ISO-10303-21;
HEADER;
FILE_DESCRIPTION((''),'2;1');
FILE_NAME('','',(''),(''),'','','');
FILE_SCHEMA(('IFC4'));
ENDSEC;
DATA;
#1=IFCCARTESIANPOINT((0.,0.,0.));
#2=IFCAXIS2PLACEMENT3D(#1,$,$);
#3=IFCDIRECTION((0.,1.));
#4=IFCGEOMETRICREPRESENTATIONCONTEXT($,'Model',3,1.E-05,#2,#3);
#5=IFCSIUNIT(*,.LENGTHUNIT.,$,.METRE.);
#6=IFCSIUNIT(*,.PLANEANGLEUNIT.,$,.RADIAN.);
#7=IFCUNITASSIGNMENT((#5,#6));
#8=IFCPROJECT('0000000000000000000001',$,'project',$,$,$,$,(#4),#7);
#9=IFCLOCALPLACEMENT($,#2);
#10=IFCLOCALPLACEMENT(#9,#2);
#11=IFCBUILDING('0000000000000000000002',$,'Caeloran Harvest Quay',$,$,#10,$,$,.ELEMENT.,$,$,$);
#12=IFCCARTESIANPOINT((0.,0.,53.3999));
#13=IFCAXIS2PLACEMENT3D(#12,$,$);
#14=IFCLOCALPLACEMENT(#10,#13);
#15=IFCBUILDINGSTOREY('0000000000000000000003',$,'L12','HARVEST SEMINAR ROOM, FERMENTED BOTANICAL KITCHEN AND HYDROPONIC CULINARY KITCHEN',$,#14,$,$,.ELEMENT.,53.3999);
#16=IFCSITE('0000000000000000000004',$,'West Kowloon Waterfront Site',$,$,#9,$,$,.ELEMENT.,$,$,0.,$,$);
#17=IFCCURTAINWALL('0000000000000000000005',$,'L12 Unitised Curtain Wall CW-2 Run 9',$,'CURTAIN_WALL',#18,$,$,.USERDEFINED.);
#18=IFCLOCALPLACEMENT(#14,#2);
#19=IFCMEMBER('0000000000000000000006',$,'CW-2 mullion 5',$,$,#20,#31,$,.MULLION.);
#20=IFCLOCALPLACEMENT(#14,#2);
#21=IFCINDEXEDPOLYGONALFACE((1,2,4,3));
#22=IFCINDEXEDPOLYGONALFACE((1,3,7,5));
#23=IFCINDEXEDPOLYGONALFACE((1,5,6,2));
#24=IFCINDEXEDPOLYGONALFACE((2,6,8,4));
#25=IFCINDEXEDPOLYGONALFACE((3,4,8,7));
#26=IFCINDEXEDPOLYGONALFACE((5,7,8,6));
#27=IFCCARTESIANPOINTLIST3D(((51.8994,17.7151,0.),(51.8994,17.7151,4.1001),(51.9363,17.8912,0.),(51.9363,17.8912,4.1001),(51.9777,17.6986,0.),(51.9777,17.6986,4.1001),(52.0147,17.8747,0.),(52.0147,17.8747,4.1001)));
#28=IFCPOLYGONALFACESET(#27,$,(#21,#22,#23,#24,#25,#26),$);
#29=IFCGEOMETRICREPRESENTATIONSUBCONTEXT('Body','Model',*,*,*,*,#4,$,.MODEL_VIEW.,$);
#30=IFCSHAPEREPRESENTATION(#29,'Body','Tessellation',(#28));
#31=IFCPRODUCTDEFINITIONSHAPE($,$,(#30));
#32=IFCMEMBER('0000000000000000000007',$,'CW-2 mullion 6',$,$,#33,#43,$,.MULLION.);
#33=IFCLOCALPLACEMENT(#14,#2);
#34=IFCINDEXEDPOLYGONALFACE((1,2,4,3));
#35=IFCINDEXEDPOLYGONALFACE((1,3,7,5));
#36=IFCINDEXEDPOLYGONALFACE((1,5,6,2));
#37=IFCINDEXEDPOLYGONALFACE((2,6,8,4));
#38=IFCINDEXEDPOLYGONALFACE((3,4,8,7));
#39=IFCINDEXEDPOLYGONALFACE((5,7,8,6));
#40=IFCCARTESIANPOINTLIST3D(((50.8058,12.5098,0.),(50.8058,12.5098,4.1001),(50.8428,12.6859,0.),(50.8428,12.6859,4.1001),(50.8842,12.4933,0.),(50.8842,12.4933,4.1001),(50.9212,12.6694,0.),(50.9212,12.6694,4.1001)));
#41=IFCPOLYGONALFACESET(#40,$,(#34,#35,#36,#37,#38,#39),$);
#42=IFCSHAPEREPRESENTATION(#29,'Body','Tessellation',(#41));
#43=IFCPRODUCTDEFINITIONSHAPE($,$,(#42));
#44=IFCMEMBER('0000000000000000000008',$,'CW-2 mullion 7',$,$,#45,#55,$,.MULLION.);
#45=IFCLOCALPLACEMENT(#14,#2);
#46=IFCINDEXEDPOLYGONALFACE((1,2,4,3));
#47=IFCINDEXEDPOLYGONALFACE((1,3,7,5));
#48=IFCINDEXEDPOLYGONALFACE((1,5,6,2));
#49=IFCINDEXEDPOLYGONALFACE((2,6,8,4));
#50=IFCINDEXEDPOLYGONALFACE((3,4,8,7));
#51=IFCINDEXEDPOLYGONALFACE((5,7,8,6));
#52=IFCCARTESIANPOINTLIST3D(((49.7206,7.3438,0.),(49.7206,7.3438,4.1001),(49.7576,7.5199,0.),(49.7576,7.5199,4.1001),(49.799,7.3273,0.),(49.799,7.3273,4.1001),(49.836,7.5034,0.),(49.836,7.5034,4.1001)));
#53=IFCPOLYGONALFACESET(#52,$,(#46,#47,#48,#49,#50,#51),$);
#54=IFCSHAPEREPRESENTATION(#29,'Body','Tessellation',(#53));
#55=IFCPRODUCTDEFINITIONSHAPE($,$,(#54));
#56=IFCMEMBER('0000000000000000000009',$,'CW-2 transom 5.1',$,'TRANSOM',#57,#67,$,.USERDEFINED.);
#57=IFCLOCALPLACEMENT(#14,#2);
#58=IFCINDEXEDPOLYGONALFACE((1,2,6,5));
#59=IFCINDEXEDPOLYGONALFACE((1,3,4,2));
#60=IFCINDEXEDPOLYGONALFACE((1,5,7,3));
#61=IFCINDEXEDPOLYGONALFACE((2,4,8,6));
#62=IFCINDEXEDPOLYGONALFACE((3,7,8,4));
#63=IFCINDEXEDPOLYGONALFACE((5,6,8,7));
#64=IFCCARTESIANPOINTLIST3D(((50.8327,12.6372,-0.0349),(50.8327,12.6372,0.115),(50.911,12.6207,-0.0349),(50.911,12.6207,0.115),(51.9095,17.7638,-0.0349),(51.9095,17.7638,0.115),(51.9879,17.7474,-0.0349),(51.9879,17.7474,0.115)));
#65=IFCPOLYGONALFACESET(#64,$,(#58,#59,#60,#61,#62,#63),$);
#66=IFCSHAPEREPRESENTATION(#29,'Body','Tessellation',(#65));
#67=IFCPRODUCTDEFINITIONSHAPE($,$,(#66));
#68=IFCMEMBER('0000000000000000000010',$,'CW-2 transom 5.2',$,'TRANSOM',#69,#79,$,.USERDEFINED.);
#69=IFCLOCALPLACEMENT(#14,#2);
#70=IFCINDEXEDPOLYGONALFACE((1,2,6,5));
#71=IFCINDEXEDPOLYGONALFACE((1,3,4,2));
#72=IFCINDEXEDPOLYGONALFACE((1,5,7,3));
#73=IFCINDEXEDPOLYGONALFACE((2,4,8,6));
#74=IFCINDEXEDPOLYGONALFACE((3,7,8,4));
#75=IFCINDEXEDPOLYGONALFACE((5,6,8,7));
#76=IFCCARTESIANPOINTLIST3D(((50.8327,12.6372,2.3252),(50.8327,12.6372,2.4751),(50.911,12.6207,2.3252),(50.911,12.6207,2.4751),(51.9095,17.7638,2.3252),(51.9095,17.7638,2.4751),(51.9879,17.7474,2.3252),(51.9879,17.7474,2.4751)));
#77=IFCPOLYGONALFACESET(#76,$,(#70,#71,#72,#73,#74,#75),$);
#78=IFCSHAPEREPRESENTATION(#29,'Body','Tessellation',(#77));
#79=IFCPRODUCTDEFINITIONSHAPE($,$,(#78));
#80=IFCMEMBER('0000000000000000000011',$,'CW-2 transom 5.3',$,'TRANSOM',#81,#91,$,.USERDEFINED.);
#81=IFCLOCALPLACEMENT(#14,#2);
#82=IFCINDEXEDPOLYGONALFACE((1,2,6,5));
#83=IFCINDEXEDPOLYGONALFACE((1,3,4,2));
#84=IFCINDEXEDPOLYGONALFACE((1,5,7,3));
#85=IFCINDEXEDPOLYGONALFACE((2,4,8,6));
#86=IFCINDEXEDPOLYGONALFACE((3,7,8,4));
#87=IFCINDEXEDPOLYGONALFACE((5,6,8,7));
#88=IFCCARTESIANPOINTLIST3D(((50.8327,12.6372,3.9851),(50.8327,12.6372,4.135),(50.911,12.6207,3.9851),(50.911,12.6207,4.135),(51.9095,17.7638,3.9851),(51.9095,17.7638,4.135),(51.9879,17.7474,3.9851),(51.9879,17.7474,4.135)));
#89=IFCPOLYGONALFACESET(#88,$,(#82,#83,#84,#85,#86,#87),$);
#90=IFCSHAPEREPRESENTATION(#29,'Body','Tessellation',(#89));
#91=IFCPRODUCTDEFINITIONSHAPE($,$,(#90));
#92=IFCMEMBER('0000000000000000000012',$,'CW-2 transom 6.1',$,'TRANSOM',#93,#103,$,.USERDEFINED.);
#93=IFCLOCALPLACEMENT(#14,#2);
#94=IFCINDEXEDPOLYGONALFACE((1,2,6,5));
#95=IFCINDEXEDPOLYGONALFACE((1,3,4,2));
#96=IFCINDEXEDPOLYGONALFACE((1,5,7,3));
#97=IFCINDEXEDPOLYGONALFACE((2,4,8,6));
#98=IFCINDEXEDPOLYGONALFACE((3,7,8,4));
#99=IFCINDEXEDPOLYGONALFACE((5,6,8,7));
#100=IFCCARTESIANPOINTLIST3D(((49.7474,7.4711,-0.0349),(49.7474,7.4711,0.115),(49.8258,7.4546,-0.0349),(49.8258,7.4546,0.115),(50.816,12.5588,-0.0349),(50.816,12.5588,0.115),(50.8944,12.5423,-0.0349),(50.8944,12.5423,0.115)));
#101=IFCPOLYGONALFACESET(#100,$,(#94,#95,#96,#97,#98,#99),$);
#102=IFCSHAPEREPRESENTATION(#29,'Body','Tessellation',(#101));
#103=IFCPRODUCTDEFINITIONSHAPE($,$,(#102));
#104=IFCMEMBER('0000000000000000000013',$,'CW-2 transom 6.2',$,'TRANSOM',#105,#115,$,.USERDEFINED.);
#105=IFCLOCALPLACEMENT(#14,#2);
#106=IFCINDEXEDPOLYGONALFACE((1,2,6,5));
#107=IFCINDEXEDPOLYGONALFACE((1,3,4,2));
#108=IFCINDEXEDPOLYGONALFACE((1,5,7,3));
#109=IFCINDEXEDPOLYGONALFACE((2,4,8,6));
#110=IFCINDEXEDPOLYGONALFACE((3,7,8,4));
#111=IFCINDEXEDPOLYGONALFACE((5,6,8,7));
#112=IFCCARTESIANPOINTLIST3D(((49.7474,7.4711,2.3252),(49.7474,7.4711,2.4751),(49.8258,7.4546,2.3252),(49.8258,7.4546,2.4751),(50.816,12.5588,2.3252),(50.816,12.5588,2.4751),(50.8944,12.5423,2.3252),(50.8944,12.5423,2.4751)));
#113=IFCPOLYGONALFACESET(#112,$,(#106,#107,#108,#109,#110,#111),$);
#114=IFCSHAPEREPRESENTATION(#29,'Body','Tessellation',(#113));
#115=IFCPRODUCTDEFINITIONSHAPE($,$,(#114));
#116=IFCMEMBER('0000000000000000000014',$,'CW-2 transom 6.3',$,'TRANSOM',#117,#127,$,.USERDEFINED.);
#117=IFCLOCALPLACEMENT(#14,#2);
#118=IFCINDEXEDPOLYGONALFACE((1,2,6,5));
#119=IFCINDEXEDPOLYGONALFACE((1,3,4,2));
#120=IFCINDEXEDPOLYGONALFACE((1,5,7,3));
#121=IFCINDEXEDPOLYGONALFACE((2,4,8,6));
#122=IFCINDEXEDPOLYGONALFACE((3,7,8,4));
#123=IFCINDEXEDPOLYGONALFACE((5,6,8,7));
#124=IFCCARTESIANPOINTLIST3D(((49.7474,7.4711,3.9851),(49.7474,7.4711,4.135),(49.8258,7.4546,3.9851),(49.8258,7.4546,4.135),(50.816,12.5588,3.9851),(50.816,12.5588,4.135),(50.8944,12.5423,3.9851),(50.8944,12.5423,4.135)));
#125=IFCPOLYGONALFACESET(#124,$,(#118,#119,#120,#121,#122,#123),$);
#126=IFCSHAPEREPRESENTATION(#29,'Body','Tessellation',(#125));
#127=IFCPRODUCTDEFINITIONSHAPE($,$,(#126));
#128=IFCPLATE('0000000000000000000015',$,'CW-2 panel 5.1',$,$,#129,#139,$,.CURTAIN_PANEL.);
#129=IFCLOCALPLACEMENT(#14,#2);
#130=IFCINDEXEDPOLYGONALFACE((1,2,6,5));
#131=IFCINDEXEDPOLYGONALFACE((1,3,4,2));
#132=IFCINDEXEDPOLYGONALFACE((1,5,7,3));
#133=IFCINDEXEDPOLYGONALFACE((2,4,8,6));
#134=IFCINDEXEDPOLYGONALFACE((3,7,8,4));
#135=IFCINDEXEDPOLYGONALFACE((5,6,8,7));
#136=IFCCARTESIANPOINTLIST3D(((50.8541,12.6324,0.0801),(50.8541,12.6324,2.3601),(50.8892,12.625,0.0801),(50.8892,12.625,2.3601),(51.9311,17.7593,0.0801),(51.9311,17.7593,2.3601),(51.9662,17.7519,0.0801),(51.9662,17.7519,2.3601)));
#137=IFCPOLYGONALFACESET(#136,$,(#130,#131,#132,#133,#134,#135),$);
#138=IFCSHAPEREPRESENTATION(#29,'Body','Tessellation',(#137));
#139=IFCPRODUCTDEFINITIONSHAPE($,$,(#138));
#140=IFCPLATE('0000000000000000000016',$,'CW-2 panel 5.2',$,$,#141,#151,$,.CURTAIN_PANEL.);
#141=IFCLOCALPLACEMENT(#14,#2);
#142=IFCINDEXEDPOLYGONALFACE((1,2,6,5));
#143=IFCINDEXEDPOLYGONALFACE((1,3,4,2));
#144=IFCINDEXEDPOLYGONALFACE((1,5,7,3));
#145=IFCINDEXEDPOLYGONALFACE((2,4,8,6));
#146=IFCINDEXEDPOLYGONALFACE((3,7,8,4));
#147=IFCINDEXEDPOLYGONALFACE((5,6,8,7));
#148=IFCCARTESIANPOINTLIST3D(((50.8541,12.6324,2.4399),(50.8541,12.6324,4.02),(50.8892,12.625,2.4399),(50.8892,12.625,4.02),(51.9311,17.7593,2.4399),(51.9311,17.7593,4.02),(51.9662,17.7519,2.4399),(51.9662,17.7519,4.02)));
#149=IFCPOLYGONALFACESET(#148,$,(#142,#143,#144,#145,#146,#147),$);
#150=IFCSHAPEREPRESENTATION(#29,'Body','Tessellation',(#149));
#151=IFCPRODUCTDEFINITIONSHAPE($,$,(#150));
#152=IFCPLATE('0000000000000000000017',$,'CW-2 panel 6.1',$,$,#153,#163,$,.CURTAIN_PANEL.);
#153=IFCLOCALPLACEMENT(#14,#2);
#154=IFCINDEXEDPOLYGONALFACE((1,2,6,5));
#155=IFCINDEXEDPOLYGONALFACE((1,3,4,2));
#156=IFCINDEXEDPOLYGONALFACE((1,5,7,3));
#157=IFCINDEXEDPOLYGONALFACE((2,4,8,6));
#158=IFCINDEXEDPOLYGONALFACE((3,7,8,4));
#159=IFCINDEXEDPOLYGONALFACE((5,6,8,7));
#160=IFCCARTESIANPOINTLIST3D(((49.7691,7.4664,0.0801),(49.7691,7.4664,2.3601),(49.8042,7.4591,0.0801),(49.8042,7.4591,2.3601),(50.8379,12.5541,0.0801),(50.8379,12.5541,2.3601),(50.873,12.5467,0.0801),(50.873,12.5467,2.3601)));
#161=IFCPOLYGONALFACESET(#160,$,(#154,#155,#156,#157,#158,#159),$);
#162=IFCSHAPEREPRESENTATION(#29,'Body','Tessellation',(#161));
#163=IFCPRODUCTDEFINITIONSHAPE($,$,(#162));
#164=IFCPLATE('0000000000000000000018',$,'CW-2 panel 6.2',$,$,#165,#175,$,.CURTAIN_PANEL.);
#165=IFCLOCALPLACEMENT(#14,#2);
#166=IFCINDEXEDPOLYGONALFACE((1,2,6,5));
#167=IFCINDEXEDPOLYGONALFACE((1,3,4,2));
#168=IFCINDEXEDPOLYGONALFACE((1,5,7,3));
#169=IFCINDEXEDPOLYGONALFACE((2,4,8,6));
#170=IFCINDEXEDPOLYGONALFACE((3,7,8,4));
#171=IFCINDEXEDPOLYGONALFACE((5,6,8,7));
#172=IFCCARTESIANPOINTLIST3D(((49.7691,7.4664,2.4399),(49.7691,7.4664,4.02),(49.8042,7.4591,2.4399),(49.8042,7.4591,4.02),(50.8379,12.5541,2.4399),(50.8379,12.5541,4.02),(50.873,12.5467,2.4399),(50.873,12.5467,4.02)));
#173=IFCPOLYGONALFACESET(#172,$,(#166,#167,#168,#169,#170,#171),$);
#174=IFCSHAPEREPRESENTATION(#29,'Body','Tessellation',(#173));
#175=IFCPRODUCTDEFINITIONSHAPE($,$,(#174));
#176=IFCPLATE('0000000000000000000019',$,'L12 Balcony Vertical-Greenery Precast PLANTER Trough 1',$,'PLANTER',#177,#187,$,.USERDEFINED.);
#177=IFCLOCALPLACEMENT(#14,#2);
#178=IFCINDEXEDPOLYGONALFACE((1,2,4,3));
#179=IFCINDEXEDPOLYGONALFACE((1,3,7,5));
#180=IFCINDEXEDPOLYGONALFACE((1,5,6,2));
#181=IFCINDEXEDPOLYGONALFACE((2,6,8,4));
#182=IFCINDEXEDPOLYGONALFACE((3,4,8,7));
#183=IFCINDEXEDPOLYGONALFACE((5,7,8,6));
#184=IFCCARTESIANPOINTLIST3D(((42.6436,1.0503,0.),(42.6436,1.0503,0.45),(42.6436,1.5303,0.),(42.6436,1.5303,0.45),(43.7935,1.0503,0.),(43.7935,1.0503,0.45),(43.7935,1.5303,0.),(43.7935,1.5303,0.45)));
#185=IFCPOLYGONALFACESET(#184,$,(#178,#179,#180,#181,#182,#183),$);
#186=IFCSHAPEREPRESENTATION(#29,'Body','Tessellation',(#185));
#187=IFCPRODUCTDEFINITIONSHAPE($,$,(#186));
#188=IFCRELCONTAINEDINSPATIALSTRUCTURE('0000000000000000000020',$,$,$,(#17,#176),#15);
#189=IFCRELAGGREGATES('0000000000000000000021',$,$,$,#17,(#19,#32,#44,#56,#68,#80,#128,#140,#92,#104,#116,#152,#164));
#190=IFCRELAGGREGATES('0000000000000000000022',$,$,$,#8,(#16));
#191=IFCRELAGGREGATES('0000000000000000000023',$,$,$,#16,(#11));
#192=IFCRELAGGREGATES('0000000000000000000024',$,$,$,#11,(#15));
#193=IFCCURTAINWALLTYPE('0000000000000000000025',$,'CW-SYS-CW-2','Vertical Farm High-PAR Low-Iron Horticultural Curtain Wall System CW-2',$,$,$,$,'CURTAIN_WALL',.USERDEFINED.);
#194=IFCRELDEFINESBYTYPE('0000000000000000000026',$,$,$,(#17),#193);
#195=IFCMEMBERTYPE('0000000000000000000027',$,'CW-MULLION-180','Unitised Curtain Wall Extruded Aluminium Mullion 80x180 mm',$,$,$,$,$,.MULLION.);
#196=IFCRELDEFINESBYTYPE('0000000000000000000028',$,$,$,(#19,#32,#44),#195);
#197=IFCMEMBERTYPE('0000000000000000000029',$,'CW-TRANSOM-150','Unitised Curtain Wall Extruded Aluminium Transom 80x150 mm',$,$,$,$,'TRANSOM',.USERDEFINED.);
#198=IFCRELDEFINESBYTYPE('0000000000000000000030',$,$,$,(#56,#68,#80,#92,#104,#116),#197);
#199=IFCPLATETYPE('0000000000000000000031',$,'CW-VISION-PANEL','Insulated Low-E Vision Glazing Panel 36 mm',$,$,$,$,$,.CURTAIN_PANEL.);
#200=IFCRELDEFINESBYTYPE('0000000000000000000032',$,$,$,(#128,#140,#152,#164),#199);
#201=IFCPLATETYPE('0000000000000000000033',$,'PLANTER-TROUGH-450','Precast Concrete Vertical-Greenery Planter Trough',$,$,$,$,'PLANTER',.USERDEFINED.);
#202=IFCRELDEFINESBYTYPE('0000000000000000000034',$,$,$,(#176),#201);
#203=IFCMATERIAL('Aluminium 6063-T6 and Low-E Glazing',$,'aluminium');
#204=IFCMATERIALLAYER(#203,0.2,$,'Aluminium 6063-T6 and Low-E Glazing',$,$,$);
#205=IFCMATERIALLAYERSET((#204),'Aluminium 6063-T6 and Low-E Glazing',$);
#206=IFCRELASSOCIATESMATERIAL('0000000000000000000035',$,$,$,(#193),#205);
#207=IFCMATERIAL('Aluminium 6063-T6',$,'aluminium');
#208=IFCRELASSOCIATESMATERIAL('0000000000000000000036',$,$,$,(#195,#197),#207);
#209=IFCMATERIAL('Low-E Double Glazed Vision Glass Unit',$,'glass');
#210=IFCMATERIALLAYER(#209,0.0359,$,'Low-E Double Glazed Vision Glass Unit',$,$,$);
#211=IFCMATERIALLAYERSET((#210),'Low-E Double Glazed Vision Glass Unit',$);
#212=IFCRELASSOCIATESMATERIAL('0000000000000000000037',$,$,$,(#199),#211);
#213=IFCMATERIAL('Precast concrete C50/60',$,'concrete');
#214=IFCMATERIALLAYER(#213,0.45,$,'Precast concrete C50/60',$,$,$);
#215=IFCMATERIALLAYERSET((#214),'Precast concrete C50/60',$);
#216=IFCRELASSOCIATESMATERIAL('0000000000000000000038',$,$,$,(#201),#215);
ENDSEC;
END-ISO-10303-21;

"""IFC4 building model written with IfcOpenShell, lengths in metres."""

from ifc_helpers import new_model, si_unit, direction, frame, origin, origin_2d, place, context, subcontext, project, spatial, rectangle, extrude, material, layer, layer_set, material_profile, profile_set, type_object, element, aggregate, save


model = new_model("IFC4")

# Units and contexts
model_context = context("Model", 3, precision=1e-05, world=origin(), true_north=direction((0.0, 1.0)))
body_context = subcontext(model_context, "Body", "Model", "MODEL_VIEW")
ifc_project = project(units=[si_unit("LENGTHUNIT", "METRE"), si_unit("PLANEANGLEUNIT", "RADIAN")], contexts=[model_context])

# Site, building, storey
site_placement = place(None, origin())
site = spatial("IfcSite", under=ifc_project, at=site_placement, Name="West Kowloon Waterfront Site", CompositionType="ELEMENT", RefElevation=0.0)
building_placement = place(site_placement, origin())
building = spatial("IfcBuilding", under=site, at=building_placement, Name="Caeloran Harvest Quay", CompositionType="ELEMENT")
storey_placement = place(building_placement, frame((0.0, 0.0, 53.3999)))
storey = spatial("IfcBuildingStorey", under=building, at=storey_placement, Name="L12", Description="HARVEST SEMINAR ROOM, FERMENTED BOTANICAL KITCHEN AND HYDROPONIC CULINARY KITCHEN", CompositionType="ELEMENT", Elevation=53.3999)

# Curtain wall, members, plates
ifc_material_1 = material(Name="Aluminium 6063-T6 and Low-E Glazing", Category="aluminium")
ifc_layer_1 = layer(ifc_material_1, 0.2, Name="Aluminium 6063-T6 and Low-E Glazing")
ifc_layer_set_1 = layer_set([ifc_layer_1], Name="Aluminium 6063-T6 and Low-E Glazing")
curtain_wall_type = type_object("IfcCurtainWallType", Name="CW-SYS-CW-2", Description="Vertical Farm High-PAR Low-Iron Horticultural Curtain Wall System CW-2", ElementType="CURTAIN_WALL", PredefinedType="USERDEFINED", material=ifc_layer_set_1)
curtain_wall_placement = place(storey_placement, origin())
curtain_wall = element("IfcCurtainWall", 1, at=curtain_wall_placement, inside=storey, type_object=curtain_wall_type, Name="L12 Unitised Curtain Wall CW-2 Run 9", ObjectType="CURTAIN_WALL", PredefinedType="USERDEFINED")
ifc_material_2 = material(Name="Aluminium 6063-T6", Category="aluminium")
ifc_material_profile_1 = material_profile(ifc_material_2, rectangle(XDim=0.0801, YDim=0.1799, at=origin_2d()), Name="CW-MULLION-180")
ifc_profile_set_1 = profile_set([ifc_material_profile_1], Name="Aluminium 6063-T6")
member_type_1 = type_object("IfcMemberType", Name="CW-MULLION-180", Description="Unitised Curtain Wall Extruded Aluminium Mullion 80x180 mm", PredefinedType="MULLION", material=ifc_profile_set_1)
member_1_placement = place(storey_placement, frame((51.957, 17.7949, 0.0), z_axis=(0.0, 0.0, 1.0), x_axis=(0.97864, -0.205583, 0.0)))
member_1 = element("IfcMember", 2, at=member_1_placement, type_object=member_type_1, Name="CW-2 mullion 5", PredefinedType="MULLION", context=body_context, shape_type="SweptSolid", body=[
    extrude(rectangle(XDim=0.0801, YDim=0.1799, at=origin_2d()), origin(), (0.0, 0.0, 1.0), 4.1001),
])
member_2_placement = place(storey_placement, frame((50.8635, 12.5896, 0.0), z_axis=(0.0, 0.0, 1.0), x_axis=(0.97864, -0.205583, 0.0)))
member_2 = element("IfcMember", 3, at=member_2_placement, type_object=member_type_1, Name="CW-2 mullion 6", PredefinedType="MULLION", context=body_context, shape_type="SweptSolid", body=[
    extrude(rectangle(XDim=0.0801, YDim=0.1799, at=origin_2d()), origin(), (0.0, 0.0, 1.0), 4.1001),
])
member_3_placement = place(storey_placement, frame((49.7783, 7.4236, 0.0), z_axis=(0.0, 0.0, 1.0), x_axis=(0.97864, -0.205583, 0.0)))
member_3 = element("IfcMember", 4, at=member_3_placement, type_object=member_type_1, Name="CW-2 mullion 7", PredefinedType="MULLION", context=body_context, shape_type="SweptSolid", body=[
    extrude(rectangle(XDim=0.0801, YDim=0.1799, at=origin_2d()), origin(), (0.0, 0.0, 1.0), 4.1001),
])
ifc_material_profile_2 = material_profile(ifc_material_2, rectangle(XDim=0.0801, YDim=0.1499, at=origin_2d()), Name="CW-TRANSOM-150")
ifc_profile_set_2 = profile_set([ifc_material_profile_2], Name="Aluminium 6063-T6")
member_type_2 = type_object("IfcMemberType", Name="CW-TRANSOM-150", Description="Unitised Curtain Wall Extruded Aluminium Transom 80x150 mm", ElementType="TRANSOM", PredefinedType="USERDEFINED", material=ifc_profile_set_2)
member_4_placement = place(storey_placement, frame((51.9487, 17.7556, 0.04), z_axis=(-0.205571, -0.978642, 0.0), x_axis=(0.978642, -0.205571, 0.0)))
member_4 = element("IfcMember", 5, at=member_4_placement, type_object=member_type_2, Name="CW-2 transom 5.1", ObjectType="TRANSOM", PredefinedType="USERDEFINED", context=body_context, shape_type="SweptSolid", body=[
    extrude(rectangle(XDim=0.0801, YDim=0.1499, at=origin_2d()), origin(), (0.0, 0.0, 1.0), 5.2385),
])
member_5_placement = place(storey_placement, frame((51.9487, 17.7556, 2.4001), z_axis=(-0.205571, -0.978642, 0.0), x_axis=(0.978642, -0.205571, 0.0)))
member_5 = element("IfcMember", 6, at=member_5_placement, type_object=member_type_2, Name="CW-2 transom 5.2", ObjectType="TRANSOM", PredefinedType="USERDEFINED", context=body_context, shape_type="SweptSolid", body=[
    extrude(rectangle(XDim=0.0801, YDim=0.1499, at=origin_2d()), origin(), (0.0, 0.0, 1.0), 5.2385),
])
member_6_placement = place(storey_placement, frame((51.9487, 17.7556, 4.0601), z_axis=(-0.205571, -0.978642, 0.0), x_axis=(0.978642, -0.205571, 0.0)))
member_6 = element("IfcMember", 7, at=member_6_placement, type_object=member_type_2, Name="CW-2 transom 5.3", ObjectType="TRANSOM", PredefinedType="USERDEFINED", context=body_context, shape_type="SweptSolid", body=[
    extrude(rectangle(XDim=0.0801, YDim=0.1499, at=origin_2d()), origin(), (0.0, 0.0, 1.0), 5.2385),
])
member_7_placement = place(storey_placement, frame((50.8552, 12.5505, 0.04), z_axis=(-0.205554, -0.978646, 0.0), x_axis=(0.978646, -0.205554, 0.0)))
member_7 = element("IfcMember", 8, at=member_7_placement, type_object=member_type_2, Name="CW-2 transom 6.1", ObjectType="TRANSOM", PredefinedType="USERDEFINED", context=body_context, shape_type="SweptSolid", body=[
    extrude(rectangle(XDim=0.0801, YDim=0.1499, at=origin_2d()), origin(), (0.0, 0.0, 1.0), 5.1987),
])
member_8_placement = place(storey_placement, frame((50.8552, 12.5505, 2.4001), z_axis=(-0.205554, -0.978646, 0.0), x_axis=(0.978646, -0.205554, 0.0)))
member_8 = element("IfcMember", 9, at=member_8_placement, type_object=member_type_2, Name="CW-2 transom 6.2", ObjectType="TRANSOM", PredefinedType="USERDEFINED", context=body_context, shape_type="SweptSolid", body=[
    extrude(rectangle(XDim=0.0801, YDim=0.1499, at=origin_2d()), origin(), (0.0, 0.0, 1.0), 5.1987),
])
member_9_placement = place(storey_placement, frame((50.8552, 12.5505, 4.0601), z_axis=(-0.205554, -0.978646, 0.0), x_axis=(0.978646, -0.205554, 0.0)))
member_9 = element("IfcMember", 10, at=member_9_placement, type_object=member_type_2, Name="CW-2 transom 6.3", ObjectType="TRANSOM", PredefinedType="USERDEFINED", context=body_context, shape_type="SweptSolid", body=[
    extrude(rectangle(XDim=0.0801, YDim=0.1499, at=origin_2d()), origin(), (0.0, 0.0, 1.0), 5.1987),
])
ifc_material_3 = material(Name="Low-E Double Glazed Vision Glass Unit", Category="glass")
ifc_layer_2 = layer(ifc_material_3, 0.0359, Name="Low-E Double Glazed Vision Glass Unit")
ifc_layer_set_2 = layer_set([ifc_layer_2], Name="Low-E Double Glazed Vision Glass Unit")
plate_type_1 = type_object("IfcPlateType", Name="CW-VISION-PANEL", Description="Insulated Low-E Vision Glazing Panel 36 mm", PredefinedType="CURTAIN_PANEL", material=ifc_layer_set_2)
plate_1_placement = place(storey_placement, frame((51.4102, 15.1921, 0.0801), z_axis=(0.0, 0.0, 1.0), x_axis=(-0.205583, -0.97864, 0.0)))
plate_1 = element("IfcPlate", 11, at=plate_1_placement, type_object=plate_type_1, Name="CW-2 panel 5.1", PredefinedType="CURTAIN_PANEL", context=body_context, shape_type="SweptSolid", body=[
    extrude(rectangle(XDim=5.2388, YDim=0.0359, at=origin_2d()), origin(), (0.0, 0.0, 1.0), 2.28),
])
plate_2_placement = place(storey_placement, frame((51.4102, 15.1921, 2.4399), z_axis=(0.0, 0.0, 1.0), x_axis=(-0.205583, -0.97864, 0.0)))
plate_2 = element("IfcPlate", 12, at=plate_2_placement, type_object=plate_type_1, Name="CW-2 panel 5.2", PredefinedType="CURTAIN_PANEL", context=body_context, shape_type="SweptSolid", body=[
    extrude(rectangle(XDim=5.2388, YDim=0.0359, at=origin_2d()), origin(), (0.0, 0.0, 1.0), 1.5801),
])
plate_3_placement = place(storey_placement, frame((50.321, 10.0066, 0.0801), z_axis=(0.0, 0.0, 1.0), x_axis=(-0.205583, -0.97864, 0.0)))
plate_3 = element("IfcPlate", 13, at=plate_3_placement, type_object=plate_type_1, Name="CW-2 panel 6.1", PredefinedType="CURTAIN_PANEL", context=body_context, shape_type="SweptSolid", body=[
    extrude(rectangle(XDim=5.1987, YDim=0.0359, at=origin_2d()), origin(), (0.0, 0.0, 1.0), 2.28),
])
plate_4_placement = place(storey_placement, frame((50.321, 10.0066, 2.4399), z_axis=(0.0, 0.0, 1.0), x_axis=(-0.205583, -0.97864, 0.0)))
plate_4 = element("IfcPlate", 14, at=plate_4_placement, type_object=plate_type_1, Name="CW-2 panel 6.2", PredefinedType="CURTAIN_PANEL", context=body_context, shape_type="SweptSolid", body=[
    extrude(rectangle(XDim=5.1987, YDim=0.0359, at=origin_2d()), origin(), (0.0, 0.0, 1.0), 1.5801),
])
aggregate(curtain_wall, [member_1, member_2, member_3, member_4, member_5, member_6, plate_1, plate_2, member_7, member_8, member_9, plate_3, plate_4])

# Plate
ifc_material_4 = material(Name="Precast concrete C50/60", Category="concrete")
ifc_layer_3 = layer(ifc_material_4, 0.45, Name="Precast concrete C50/60")
ifc_layer_set_3 = layer_set([ifc_layer_3], Name="Precast concrete C50/60")
plate_type_2 = type_object("IfcPlateType", Name="PLANTER-TROUGH-450", Description="Precast Concrete Vertical-Greenery Planter Trough", ElementType="PLANTER", PredefinedType="USERDEFINED", material=ifc_layer_set_3)
plate_5_placement = place(storey_placement, frame((43.2185, 1.2903, 0.0), z_axis=(0.0, 0.0, 1.0), x_axis=(1.0, 0.0, 0.0)))
element("IfcPlate", 15, at=plate_5_placement, inside=storey, type_object=plate_type_2, Name="L12 Balcony Vertical-Greenery Precast PLANTER Trough 1", ObjectType="PLANTER", PredefinedType="USERDEFINED", context=body_context, shape_type="SweptSolid", body=[
    extrude(rectangle(XDim=1.1499, YDim=0.48, at=origin_2d()), origin(), (0.0, 0.0, 1.0), 0.45),
])

save(model, "model.ifc")
